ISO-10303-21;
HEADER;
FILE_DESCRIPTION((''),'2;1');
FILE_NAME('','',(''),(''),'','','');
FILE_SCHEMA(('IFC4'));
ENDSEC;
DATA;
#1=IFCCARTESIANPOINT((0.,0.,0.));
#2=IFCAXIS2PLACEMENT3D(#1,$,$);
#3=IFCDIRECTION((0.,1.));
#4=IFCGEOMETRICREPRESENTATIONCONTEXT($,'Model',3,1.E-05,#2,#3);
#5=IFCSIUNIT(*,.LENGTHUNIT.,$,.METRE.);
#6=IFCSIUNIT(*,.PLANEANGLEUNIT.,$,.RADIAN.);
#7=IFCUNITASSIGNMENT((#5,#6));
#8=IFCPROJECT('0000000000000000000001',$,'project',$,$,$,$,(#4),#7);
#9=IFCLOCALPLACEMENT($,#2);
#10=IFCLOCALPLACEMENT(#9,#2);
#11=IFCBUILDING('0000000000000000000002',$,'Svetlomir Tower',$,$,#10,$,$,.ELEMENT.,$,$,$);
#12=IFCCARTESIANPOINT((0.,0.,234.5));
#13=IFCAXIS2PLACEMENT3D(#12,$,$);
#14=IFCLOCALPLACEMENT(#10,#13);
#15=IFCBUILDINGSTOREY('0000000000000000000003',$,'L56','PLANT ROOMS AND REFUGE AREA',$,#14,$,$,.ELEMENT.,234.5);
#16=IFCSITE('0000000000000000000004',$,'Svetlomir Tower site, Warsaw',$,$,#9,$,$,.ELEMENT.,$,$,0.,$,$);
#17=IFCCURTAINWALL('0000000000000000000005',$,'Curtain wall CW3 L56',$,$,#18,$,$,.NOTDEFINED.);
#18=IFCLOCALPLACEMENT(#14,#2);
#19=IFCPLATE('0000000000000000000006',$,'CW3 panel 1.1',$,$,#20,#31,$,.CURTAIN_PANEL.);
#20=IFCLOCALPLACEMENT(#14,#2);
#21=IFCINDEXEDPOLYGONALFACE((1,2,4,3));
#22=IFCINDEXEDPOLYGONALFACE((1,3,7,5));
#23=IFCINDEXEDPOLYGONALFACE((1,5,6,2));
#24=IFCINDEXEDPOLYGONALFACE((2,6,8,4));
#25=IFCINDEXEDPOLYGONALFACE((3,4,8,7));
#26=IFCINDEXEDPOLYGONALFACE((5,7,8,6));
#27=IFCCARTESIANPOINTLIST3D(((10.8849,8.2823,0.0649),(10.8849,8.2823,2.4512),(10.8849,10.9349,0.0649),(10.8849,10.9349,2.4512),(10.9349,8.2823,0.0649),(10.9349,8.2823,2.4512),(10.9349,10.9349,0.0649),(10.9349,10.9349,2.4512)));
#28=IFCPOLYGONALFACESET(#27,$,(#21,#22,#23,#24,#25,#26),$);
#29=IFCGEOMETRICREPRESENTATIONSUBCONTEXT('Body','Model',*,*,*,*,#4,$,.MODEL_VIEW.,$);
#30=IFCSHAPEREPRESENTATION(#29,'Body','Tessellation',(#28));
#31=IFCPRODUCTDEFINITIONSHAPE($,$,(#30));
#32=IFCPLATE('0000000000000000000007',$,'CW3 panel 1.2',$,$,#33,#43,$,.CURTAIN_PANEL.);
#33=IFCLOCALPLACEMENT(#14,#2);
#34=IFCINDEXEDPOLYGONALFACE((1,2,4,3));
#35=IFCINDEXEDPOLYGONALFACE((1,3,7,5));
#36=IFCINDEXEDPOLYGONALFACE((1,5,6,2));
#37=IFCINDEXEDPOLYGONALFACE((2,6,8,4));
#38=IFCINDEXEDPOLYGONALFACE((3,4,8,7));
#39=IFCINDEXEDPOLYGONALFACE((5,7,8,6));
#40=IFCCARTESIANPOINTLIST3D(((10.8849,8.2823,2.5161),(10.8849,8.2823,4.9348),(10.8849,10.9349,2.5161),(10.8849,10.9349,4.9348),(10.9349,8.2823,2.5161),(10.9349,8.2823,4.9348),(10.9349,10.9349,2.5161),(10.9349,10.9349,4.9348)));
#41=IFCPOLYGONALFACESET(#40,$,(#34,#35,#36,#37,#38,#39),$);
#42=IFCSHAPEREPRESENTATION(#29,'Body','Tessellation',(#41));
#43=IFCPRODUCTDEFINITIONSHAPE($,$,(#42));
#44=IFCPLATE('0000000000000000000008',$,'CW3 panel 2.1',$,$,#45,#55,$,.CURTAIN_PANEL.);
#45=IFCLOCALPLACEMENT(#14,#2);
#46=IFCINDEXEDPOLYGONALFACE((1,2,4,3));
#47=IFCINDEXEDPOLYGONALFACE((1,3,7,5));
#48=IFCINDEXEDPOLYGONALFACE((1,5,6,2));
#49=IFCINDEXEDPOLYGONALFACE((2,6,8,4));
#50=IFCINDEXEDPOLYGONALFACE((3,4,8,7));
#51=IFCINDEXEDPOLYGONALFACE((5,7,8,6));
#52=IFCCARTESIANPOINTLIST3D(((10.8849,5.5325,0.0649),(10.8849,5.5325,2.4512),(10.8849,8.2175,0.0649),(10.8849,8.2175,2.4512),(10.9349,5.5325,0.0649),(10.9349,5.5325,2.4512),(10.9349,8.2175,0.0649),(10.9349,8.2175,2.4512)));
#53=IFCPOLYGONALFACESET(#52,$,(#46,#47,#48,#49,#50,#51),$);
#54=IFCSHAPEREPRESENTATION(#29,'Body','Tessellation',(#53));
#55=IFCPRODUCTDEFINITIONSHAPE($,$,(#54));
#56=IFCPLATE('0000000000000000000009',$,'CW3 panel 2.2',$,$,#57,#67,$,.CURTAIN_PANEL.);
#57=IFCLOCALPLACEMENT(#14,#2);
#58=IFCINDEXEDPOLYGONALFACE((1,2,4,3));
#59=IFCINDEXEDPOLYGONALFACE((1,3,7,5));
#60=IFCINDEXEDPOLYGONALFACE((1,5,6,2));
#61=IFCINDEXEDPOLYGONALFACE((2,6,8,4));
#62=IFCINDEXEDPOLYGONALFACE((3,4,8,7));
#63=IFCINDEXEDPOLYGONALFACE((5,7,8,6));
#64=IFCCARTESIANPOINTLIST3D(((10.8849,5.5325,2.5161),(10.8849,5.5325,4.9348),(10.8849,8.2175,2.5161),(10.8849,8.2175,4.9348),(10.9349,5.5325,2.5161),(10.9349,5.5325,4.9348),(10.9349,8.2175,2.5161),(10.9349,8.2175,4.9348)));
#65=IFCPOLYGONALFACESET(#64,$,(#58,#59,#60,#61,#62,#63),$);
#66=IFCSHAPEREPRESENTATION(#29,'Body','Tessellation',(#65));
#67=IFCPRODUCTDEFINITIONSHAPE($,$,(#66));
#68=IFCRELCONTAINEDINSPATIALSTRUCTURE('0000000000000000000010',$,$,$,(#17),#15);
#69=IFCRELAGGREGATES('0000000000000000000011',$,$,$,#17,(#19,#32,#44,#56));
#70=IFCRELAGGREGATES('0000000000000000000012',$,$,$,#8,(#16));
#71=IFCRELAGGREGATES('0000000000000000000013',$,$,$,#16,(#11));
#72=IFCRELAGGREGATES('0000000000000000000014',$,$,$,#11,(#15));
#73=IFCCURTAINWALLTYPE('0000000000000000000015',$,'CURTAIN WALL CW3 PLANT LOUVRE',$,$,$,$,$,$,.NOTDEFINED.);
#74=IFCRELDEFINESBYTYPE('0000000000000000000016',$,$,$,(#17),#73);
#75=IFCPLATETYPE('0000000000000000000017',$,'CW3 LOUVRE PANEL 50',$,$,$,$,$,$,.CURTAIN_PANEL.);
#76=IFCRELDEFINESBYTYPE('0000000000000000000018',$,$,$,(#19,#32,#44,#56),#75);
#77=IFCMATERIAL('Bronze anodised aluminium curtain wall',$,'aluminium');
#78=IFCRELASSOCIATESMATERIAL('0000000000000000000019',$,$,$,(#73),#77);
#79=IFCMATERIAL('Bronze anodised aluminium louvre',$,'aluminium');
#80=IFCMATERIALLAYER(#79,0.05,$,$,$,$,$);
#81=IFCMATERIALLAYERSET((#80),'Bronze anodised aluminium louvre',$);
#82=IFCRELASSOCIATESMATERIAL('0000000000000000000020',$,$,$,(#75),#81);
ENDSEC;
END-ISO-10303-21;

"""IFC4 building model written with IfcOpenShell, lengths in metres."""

from ifc_helpers import new_model, si_unit, direction, frame, origin, origin_2d, place, context, subcontext, project, spatial, rectangle, extrude, material, layer, layer_set, type_object, element, aggregate, save


model = new_model("IFC4")

# Units and contexts
model_context = context("Model", 3, precision=1e-05, world=origin(), true_north=direction((0.0, 1.0)))
body_context = subcontext(model_context, "Body", "Model", "MODEL_VIEW")
ifc_project = project(units=[si_unit("LENGTHUNIT", "METRE"), si_unit("PLANEANGLEUNIT", "RADIAN")], contexts=[model_context])

# Site, building, storey
site_placement = place(None, origin())
site = spatial("IfcSite", under=ifc_project, at=site_placement, Name="Svetlomir Tower site, Warsaw", CompositionType="ELEMENT", RefElevation=0.0)
building_placement = place(site_placement, origin())
building = spatial("IfcBuilding", under=site, at=building_placement, Name="Svetlomir Tower", CompositionType="ELEMENT")
storey_placement = place(building_placement, frame((0.0, 0.0, 234.5)))
storey = spatial("IfcBuildingStorey", under=building, at=storey_placement, Name="L56", Description="PLANT ROOMS AND REFUGE AREA", CompositionType="ELEMENT", Elevation=234.5)

# Curtain wall
ifc_material_1 = material(Name="Bronze anodised aluminium curtain wall", Category="aluminium")
curtain_wall_type = type_object("IfcCurtainWallType", Name="CURTAIN WALL CW3 PLANT LOUVRE", PredefinedType="NOTDEFINED", material=ifc_material_1)
curtain_wall_1_placement = place(storey_placement, origin())
curtain_wall_1 = element("IfcCurtainWall", 1, at=curtain_wall_1_placement, inside=storey, type_object=curtain_wall_type, Name="Curtain wall CW3 L56", PredefinedType="NOTDEFINED")

# Plates
ifc_material_2 = material(Name="Bronze anodised aluminium louvre", Category="aluminium")
ifc_layer = layer(ifc_material_2, 0.05)
ifc_layer_set = layer_set([ifc_layer], Name="Bronze anodised aluminium louvre")
plate_type = type_object("IfcPlateType", Name="CW3 LOUVRE PANEL 50", PredefinedType="CURTAIN_PANEL", material=ifc_layer_set)
plate_1_placement = place(storey_placement, frame((10.9099, 9.6086, 0.0649), z_axis=(0.0, 0.0, 1.0), x_axis=(0.0, -1.0, 0.0)))
plate_1 = element("IfcPlate", 2, at=plate_1_placement, type_object=plate_type, Name="CW3 panel 1.1", PredefinedType="CURTAIN_PANEL", context=body_context, shape_type="SweptSolid", body=[
    extrude(rectangle(XDim=2.6526, YDim=0.05, at=origin_2d()), origin(), (0.0, 0.0, 1.0), 2.3862),
])
plate_2_placement = place(storey_placement, frame((10.9099, 9.6086, 2.5161), z_axis=(0.0, 0.0, 1.0), x_axis=(0.0, -1.0, 0.0)))
plate_2 = element("IfcPlate", 3, at=plate_2_placement, type_object=plate_type, Name="CW3 panel 1.2", PredefinedType="CURTAIN_PANEL", context=body_context, shape_type="SweptSolid", body=[
    extrude(rectangle(XDim=2.6526, YDim=0.05, at=origin_2d()), origin(), (0.0, 0.0, 1.0), 2.4187),
])
plate_3_placement = place(storey_placement, frame((10.9099, 6.875, 0.0649), z_axis=(0.0, 0.0, 1.0), x_axis=(0.0, -1.0, 0.0)))
plate_3 = element("IfcPlate", 4, at=plate_3_placement, type_object=plate_type, Name="CW3 panel 2.1", PredefinedType="CURTAIN_PANEL", context=body_context, shape_type="SweptSolid", body=[
    extrude(rectangle(XDim=2.6851, YDim=0.05, at=origin_2d()), origin(), (0.0, 0.0, 1.0), 2.3862),
])
plate_4_placement = place(storey_placement, frame((10.9099, 6.875, 2.5161), z_axis=(0.0, 0.0, 1.0), x_axis=(0.0, -1.0, 0.0)))
plate_4 = element("IfcPlate", 5, at=plate_4_placement, type_object=plate_type, Name="CW3 panel 2.2", PredefinedType="CURTAIN_PANEL", context=body_context, shape_type="SweptSolid", body=[
    extrude(rectangle(XDim=2.6851, YDim=0.05, at=origin_2d()), origin(), (0.0, 0.0, 1.0), 2.4187),
])
aggregate(curtain_wall_1, [plate_1, plate_2, plate_3, plate_4])

save(model, "model.ifc")
